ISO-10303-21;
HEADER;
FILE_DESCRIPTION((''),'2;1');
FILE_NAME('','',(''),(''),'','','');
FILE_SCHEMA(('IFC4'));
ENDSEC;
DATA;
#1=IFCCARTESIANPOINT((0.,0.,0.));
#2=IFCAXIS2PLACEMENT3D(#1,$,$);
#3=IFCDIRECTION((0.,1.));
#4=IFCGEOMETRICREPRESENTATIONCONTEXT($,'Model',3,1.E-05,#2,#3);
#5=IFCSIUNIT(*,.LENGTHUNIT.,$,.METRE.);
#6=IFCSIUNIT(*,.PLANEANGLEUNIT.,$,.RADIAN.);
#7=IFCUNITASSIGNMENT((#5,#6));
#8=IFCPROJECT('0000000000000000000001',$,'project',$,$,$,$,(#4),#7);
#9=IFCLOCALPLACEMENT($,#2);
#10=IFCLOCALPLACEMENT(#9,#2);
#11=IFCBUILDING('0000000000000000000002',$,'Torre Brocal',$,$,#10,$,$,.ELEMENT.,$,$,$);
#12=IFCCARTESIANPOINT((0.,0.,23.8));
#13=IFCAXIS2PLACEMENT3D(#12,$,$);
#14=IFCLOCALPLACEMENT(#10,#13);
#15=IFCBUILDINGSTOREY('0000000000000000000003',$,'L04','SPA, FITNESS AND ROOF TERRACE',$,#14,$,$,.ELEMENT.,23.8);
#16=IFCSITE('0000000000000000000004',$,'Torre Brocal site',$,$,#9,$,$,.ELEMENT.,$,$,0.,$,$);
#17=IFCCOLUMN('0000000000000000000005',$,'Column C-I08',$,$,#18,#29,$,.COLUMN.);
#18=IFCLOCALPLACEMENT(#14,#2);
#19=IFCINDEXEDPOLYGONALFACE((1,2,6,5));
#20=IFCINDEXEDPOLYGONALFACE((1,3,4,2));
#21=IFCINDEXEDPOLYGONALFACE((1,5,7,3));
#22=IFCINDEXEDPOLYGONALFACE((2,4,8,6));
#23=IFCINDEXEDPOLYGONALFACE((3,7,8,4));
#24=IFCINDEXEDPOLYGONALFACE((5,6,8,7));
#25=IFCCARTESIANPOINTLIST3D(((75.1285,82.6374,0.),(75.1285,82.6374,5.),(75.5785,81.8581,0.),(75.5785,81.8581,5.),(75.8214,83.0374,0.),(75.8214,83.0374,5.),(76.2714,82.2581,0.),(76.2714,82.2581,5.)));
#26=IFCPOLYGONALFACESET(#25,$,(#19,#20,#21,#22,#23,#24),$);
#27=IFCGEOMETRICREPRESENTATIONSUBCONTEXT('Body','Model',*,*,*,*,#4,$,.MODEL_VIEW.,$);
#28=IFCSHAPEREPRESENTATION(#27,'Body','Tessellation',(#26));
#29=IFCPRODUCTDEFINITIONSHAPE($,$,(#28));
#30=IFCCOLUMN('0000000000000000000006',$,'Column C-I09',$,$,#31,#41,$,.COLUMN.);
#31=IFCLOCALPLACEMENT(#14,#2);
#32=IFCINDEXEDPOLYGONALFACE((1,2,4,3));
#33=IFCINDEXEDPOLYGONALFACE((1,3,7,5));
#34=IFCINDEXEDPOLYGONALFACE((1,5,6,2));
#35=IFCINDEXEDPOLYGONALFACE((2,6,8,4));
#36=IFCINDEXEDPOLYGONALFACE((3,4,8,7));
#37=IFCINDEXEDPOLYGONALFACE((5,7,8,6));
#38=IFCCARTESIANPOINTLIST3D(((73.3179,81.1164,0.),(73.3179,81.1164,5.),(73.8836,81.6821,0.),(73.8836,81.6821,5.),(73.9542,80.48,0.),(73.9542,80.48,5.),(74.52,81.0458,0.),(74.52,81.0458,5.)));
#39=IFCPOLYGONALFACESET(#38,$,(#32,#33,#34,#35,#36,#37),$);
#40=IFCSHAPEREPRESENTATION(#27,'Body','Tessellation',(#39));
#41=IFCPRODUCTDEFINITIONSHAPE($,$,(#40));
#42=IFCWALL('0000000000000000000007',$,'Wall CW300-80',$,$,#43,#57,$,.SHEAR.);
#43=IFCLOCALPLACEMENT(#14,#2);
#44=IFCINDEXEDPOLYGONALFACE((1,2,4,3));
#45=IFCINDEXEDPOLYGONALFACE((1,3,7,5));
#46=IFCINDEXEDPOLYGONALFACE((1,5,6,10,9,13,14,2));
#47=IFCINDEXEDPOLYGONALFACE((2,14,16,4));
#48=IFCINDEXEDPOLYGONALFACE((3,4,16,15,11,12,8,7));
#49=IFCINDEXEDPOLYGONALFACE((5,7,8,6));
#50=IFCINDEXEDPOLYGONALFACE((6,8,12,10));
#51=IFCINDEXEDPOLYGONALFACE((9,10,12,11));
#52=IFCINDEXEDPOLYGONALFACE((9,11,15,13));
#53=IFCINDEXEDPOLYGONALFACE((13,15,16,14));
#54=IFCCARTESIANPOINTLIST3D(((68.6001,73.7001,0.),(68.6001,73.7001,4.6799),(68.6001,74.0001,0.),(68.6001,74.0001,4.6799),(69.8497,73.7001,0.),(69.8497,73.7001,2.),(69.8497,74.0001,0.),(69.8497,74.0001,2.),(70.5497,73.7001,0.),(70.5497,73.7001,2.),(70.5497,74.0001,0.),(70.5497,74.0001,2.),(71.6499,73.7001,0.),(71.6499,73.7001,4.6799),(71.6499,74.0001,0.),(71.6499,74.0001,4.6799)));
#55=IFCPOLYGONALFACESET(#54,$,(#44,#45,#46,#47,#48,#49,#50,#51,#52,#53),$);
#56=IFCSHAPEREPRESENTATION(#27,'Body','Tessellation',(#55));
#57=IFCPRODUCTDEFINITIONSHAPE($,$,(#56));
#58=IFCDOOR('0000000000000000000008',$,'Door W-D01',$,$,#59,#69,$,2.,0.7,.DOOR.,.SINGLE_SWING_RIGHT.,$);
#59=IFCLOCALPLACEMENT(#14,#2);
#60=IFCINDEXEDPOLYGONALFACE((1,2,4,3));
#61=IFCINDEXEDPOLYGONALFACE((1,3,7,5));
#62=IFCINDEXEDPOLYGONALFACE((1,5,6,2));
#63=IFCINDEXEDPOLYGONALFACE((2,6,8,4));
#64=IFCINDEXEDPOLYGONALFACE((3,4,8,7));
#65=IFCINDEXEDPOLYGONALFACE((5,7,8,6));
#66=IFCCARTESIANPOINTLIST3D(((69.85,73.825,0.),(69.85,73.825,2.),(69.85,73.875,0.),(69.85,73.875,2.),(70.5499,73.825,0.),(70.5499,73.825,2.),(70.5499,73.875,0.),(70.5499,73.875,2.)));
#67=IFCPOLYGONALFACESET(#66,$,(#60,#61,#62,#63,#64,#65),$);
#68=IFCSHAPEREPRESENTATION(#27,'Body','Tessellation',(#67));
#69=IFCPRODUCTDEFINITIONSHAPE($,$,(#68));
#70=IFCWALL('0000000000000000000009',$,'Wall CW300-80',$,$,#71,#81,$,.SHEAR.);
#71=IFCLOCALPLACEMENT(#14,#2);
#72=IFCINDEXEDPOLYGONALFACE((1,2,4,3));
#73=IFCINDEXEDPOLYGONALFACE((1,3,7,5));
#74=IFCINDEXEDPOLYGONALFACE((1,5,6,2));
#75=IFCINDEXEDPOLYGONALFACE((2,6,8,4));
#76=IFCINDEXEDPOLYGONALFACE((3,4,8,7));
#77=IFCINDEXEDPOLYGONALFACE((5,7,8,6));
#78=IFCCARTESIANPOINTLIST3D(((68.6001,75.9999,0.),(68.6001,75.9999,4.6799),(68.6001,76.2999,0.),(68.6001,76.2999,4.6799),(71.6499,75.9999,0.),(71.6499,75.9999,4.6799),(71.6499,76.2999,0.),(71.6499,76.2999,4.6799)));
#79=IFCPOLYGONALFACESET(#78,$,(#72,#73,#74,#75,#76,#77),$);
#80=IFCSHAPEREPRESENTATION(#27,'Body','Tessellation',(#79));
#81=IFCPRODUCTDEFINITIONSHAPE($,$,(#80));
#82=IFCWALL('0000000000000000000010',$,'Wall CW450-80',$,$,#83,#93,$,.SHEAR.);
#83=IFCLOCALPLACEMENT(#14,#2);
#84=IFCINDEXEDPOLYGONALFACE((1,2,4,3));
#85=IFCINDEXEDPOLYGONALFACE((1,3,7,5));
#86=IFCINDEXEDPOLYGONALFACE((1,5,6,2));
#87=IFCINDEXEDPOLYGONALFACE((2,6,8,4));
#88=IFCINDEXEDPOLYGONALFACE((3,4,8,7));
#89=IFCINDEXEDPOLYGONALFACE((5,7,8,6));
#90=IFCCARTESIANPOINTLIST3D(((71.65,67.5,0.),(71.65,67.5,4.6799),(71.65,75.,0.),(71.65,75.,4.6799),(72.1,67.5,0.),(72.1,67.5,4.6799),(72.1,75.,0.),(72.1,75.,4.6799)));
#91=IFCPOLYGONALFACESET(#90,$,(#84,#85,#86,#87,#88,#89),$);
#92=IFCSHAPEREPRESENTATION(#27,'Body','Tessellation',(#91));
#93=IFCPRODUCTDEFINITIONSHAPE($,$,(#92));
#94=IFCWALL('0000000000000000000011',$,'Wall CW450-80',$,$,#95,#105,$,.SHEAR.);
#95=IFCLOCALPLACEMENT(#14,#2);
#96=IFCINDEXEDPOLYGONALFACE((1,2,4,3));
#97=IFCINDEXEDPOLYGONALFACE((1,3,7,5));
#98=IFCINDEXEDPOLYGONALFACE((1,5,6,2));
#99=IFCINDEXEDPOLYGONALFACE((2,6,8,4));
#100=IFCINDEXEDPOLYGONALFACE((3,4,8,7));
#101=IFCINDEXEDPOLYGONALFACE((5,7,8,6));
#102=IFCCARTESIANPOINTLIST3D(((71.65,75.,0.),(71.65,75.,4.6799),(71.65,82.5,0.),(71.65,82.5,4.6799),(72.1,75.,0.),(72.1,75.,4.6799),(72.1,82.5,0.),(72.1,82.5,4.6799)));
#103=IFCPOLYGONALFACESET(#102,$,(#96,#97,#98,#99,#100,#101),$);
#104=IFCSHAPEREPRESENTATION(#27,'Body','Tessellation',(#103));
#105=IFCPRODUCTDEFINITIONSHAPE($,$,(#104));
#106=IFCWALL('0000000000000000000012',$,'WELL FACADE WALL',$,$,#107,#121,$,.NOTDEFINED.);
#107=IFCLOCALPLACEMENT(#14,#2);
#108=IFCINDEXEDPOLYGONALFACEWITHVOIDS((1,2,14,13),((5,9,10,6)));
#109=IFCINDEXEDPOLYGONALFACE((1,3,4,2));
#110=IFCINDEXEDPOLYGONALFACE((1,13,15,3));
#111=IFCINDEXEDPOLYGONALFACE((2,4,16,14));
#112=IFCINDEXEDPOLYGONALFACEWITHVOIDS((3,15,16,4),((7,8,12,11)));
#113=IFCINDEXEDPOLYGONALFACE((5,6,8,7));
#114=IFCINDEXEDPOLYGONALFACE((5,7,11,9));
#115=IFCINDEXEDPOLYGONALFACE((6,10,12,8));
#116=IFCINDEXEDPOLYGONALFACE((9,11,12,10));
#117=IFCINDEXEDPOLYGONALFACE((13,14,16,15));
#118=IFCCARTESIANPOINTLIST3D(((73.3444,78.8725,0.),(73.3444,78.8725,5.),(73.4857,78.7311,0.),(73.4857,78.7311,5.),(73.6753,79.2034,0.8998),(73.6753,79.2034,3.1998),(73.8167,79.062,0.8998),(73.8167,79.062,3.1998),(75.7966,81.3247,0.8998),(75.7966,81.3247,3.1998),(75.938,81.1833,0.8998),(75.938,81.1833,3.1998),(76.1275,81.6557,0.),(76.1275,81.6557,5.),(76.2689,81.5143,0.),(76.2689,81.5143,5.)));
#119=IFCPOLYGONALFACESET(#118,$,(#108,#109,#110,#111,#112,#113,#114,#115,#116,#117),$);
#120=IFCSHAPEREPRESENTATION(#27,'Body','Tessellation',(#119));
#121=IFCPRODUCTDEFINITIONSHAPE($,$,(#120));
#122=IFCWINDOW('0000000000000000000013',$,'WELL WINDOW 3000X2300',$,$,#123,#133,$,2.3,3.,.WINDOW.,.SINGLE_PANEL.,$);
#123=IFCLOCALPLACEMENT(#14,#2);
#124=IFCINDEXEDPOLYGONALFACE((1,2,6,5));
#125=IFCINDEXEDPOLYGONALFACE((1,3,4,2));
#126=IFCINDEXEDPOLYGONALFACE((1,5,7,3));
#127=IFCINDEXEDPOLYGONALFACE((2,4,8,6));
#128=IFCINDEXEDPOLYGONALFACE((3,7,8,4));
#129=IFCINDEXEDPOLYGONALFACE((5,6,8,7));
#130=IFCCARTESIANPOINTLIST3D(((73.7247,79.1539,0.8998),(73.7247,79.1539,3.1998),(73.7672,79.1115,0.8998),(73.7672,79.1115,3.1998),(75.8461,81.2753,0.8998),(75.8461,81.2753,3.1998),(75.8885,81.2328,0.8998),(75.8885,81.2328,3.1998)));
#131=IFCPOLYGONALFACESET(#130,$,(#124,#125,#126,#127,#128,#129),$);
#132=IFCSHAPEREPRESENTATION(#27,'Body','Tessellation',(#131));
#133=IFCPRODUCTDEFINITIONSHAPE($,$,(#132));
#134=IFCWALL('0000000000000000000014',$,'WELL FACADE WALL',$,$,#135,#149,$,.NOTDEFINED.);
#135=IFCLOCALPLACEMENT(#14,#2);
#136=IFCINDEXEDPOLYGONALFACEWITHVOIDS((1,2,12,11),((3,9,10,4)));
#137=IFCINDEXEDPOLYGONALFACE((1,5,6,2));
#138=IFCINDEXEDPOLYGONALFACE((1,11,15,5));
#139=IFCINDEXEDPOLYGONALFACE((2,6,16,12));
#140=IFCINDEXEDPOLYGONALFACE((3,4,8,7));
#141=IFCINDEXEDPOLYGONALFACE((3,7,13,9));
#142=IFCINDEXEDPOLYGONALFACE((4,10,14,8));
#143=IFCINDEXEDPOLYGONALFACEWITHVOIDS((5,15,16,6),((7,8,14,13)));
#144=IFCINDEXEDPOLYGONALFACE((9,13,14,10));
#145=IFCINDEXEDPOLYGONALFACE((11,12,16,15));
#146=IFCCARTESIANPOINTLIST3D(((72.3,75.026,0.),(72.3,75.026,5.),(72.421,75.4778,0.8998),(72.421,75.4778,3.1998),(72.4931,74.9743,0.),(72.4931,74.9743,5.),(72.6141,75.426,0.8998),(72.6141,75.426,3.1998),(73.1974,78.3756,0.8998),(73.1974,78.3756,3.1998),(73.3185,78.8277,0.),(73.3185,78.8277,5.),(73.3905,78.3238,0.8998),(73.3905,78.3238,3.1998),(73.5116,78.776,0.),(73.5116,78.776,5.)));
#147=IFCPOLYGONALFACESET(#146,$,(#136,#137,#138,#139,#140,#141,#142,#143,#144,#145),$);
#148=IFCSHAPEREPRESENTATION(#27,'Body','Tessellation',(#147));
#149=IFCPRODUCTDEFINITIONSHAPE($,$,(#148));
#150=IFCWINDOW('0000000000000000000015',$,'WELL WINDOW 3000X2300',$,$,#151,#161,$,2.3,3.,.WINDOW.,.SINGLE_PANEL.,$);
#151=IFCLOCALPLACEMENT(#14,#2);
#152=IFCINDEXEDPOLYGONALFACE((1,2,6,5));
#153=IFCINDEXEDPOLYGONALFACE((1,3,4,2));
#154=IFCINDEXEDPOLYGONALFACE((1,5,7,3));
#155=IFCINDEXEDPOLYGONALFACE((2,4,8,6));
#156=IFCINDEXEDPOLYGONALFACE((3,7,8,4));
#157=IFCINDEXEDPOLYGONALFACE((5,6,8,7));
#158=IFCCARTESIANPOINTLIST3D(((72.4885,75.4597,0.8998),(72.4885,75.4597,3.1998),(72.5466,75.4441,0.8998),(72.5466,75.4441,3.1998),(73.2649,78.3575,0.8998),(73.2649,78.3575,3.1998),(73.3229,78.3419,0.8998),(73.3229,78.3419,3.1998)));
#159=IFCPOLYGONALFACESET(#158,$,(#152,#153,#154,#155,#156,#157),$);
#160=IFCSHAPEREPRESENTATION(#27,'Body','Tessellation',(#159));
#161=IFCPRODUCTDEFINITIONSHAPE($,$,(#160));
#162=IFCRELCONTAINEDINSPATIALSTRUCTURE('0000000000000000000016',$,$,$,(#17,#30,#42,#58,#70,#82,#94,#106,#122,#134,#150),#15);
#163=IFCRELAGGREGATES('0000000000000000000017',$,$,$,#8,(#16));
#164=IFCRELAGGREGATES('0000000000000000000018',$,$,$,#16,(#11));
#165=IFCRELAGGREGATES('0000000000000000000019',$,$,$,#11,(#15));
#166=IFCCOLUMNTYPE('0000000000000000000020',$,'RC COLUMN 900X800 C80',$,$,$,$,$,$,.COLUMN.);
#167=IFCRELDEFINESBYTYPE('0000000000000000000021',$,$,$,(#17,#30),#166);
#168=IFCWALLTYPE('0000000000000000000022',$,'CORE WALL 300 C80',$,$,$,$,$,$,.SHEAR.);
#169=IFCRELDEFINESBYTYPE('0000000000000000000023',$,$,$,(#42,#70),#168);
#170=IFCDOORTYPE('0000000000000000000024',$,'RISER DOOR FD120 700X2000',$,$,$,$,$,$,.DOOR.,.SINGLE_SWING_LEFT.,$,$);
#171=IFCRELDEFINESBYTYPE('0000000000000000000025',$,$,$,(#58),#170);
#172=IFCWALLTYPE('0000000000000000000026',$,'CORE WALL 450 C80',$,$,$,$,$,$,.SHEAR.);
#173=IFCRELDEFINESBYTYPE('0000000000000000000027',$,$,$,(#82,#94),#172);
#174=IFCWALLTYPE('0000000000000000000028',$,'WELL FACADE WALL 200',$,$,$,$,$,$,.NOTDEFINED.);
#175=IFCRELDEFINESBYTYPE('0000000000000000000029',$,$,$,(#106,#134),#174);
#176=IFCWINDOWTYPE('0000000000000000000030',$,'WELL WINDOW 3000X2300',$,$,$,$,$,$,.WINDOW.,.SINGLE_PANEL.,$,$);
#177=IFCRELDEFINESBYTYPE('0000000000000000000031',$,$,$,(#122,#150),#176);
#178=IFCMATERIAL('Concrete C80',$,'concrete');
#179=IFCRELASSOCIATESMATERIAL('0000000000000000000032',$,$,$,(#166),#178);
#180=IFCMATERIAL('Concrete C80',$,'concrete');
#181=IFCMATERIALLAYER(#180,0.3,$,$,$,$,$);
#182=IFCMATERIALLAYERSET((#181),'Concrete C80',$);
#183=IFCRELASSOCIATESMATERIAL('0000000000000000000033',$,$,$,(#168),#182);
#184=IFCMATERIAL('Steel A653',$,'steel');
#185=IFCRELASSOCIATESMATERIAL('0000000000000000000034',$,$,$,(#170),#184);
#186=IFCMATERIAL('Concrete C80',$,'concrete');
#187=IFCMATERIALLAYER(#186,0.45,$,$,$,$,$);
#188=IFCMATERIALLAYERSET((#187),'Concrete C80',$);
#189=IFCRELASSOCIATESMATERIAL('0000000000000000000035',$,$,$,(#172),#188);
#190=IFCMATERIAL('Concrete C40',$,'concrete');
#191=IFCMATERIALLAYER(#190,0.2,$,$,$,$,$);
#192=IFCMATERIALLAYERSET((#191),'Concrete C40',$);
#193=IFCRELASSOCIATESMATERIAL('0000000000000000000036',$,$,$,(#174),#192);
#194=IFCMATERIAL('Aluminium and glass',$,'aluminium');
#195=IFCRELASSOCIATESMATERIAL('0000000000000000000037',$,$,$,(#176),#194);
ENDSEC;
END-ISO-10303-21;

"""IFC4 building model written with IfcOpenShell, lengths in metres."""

from ifc_helpers import new_model, si_unit, direction, frame, frame_2d, origin, origin_2d, place, context, subcontext, project, spatial, rectangle, extrude, material, layer, layer_set, material_profile, profile_set, type_object, element, fill, save


model = new_model("IFC4")

# Units and contexts
model_context = context("Model", 3, precision=1e-05, world=origin(), true_north=direction((0.0, 1.0)))
body_context = subcontext(model_context, "Body", "Model", "MODEL_VIEW")
ifc_project = project(units=[si_unit("LENGTHUNIT", "METRE"), si_unit("PLANEANGLEUNIT", "RADIAN")], contexts=[model_context])

# Site, building, storey
site_placement = place(None, origin())
site = spatial("IfcSite", under=ifc_project, at=site_placement, Name="Torre Brocal site", CompositionType="ELEMENT", RefElevation=0.0)
building_placement = place(site_placement, origin())
building = spatial("IfcBuilding", under=site, at=building_placement, Name="Torre Brocal", CompositionType="ELEMENT")
storey_placement = place(building_placement, frame((0.0, 0.0, 23.8)))
storey = spatial("IfcBuildingStorey", under=building, at=storey_placement, Name="L04", Description="SPA, FITNESS AND ROOF TERRACE", CompositionType="ELEMENT", Elevation=23.8)

# Columns
ifc_material_1 = material(Name="Concrete C80", Category="concrete")
ifc_material_profile = material_profile(ifc_material_1, rectangle(XDim=0.8999, YDim=0.8, at=origin_2d()), Name="RC 900X800")
ifc_profile_set = profile_set([ifc_material_profile], Name="Concrete C80")
column_type = type_object("IfcColumnType", Name="RC COLUMN 900X800 C80", PredefinedType="COLUMN", material=ifc_profile_set)
for number, where, z_axis, x_axis, name in (
    (1, (75.7, 82.4478, 0.0), (0.0, 0.0, 1.0), (-0.5, 0.866025, 0.0), "Column C-I08"),
    (2, (73.9189, 81.0811, 0.0), (0.0, 0.0, 1.0), (-0.707107, 0.707107, 0.0), "Column C-I09"),
):
    element("IfcColumn", number, at=place(storey_placement, frame(where, z_axis=z_axis, x_axis=x_axis)), inside=storey, type_object=column_type, Name=name, PredefinedType="COLUMN", context=body_context, shape_type="SweptSolid", body=[
        extrude(rectangle(XDim=0.8999, YDim=0.8, at=origin_2d()), origin(), (0.0, 0.0, 1.0), 5.0),
    ])

# Wall, opening, door
ifc_material_2 = material(Name="Concrete C80", Category="concrete")
ifc_layer_1 = layer(ifc_material_2, 0.3)
ifc_layer_set_1 = layer_set([ifc_layer_1], Name="Concrete C80")
wall_type_1 = type_object("IfcWallType", Name="CORE WALL 300 C80", PredefinedType="SHEAR", material=ifc_layer_set_1)
wall_1_placement = place(storey_placement, frame((71.6499, 73.8501, 0.0), z_axis=(0.0, 0.0, 1.0), x_axis=(-1.0, 0.0, 0.0)))
wall_1 = element("IfcWall", 3, at=wall_1_placement, inside=storey, type_object=wall_type_1, Name="Wall CW300-80", PredefinedType="SHEAR", context=body_context, shape_type="SweptSolid", body=[
    extrude(rectangle(XDim=3.0498, YDim=0.3, at=frame_2d((1.5249, 0.0))), origin(), (0.0, 0.0, 1.0), 4.6799),
])
opening_1_placement = place(wall_1_placement, frame((1.1001, 0.0, 0.0)))
opening_1 = element("IfcOpeningElement", 4, at=opening_1_placement, cuts=wall_1, PredefinedType="OPENING", context=body_context, shape_type="SweptSolid", body=[
    extrude(rectangle(XDim=0.7, YDim=2.0, at=frame_2d((0.3501, 1.0))), frame((0.0, 0.1599, 0.0), z_axis=(0.0, -1.0, 0.0), x_axis=(1.0, 0.0, 0.0)), (0.0, 0.0, 1.0), 0.3201),
])
ifc_material_3 = material(Name="Steel A653", Category="steel")
door_type_1 = type_object("IfcDoorType", Name="RISER DOOR FD120 700X2000", OperationType="SINGLE_SWING_LEFT", PredefinedType="DOOR", material=ifc_material_3)
door_1_placement = place(opening_1_placement, frame((0.7, 0.0, 0.0), z_axis=(0.0, 0.0, 1.0), x_axis=(-1.0, 0.0, 0.0)))
door_1 = element("IfcDoor", 5, at=door_1_placement, inside=storey, type_object=door_type_1, Name="Door W-D01", OperationType="SINGLE_SWING_RIGHT", OverallHeight=2.0, OverallWidth=0.7, PredefinedType="DOOR", context=body_context, shape_type="SweptSolid", body=[
    extrude(rectangle(XDim=0.7, YDim=2.0, at=frame_2d((0.3501, 1.0))), frame((0.0, 0.0249, 0.0), z_axis=(0.0, -1.0, 0.0), x_axis=(1.0, 0.0, 0.0)), (0.0, 0.0, 1.0), 0.05),
])
fill(opening_1, door_1)

# Walls
wall_2_placement = place(storey_placement, frame((71.6499, 76.1499, 0.0), z_axis=(0.0, 0.0, 1.0), x_axis=(-1.0, 0.0, 0.0)))
element("IfcWall", 6, at=wall_2_placement, inside=storey, type_object=wall_type_1, Name="Wall CW300-80", PredefinedType="SHEAR", context=body_context, shape_type="SweptSolid", body=[
    extrude(rectangle(XDim=3.0498, YDim=0.3, at=frame_2d((1.5249, 0.0))), origin(), (0.0, 0.0, 1.0), 4.6799),
])
ifc_material_4 = material(Name="Concrete C80", Category="concrete")
ifc_layer_2 = layer(ifc_material_4, 0.45)
ifc_layer_set_2 = layer_set([ifc_layer_2], Name="Concrete C80")
wall_type_2 = type_object("IfcWallType", Name="CORE WALL 450 C80", PredefinedType="SHEAR", material=ifc_layer_set_2)
for number, where, z_axis, x_axis, name in (
    (7, (71.875, 75.0, 0.0), (0.0, 0.0, 1.0), (0.0, -1.0, 0.0), "Wall CW450-80"),
    (8, (71.875, 82.5, 0.0), (0.0, 0.0, 1.0), (0.0, -1.0, 0.0), "Wall CW450-80"),
):
    element("IfcWall", number, at=place(storey_placement, frame(where, z_axis=z_axis, x_axis=x_axis)), inside=storey, type_object=wall_type_2, Name=name, PredefinedType="SHEAR", context=body_context, shape_type="SweptSolid", body=[
        extrude(rectangle(XDim=7.5, YDim=0.45, at=frame_2d((3.75, 0.0))), origin(), (0.0, 0.0, 1.0), 4.6799),
    ])

# Walls, openings, windows
ifc_material_5 = material(Name="Concrete C40", Category="concrete")
ifc_layer_3 = layer(ifc_material_5, 0.2)
ifc_layer_set_3 = layer_set([ifc_layer_3], Name="Concrete C40")
wall_type_3 = type_object("IfcWallType", Name="WELL FACADE WALL 200", PredefinedType="NOTDEFINED", material=ifc_layer_set_3)
wall_3_placement = place(storey_placement, frame((76.1982, 81.585, 0.0), z_axis=(0.0, 0.0, 1.0), x_axis=(-0.707107, -0.707107, 0.0)))
wall_3 = element("IfcWall", 9, at=wall_3_placement, inside=storey, type_object=wall_type_3, Name="WELL FACADE WALL", PredefinedType="NOTDEFINED", context=body_context, shape_type="SweptSolid", body=[
    extrude(rectangle(XDim=3.936, YDim=0.2, at=frame_2d((1.968, 0.0))), origin(), (0.0, 0.0, 1.0), 5.0),
])
opening_2_placement = place(wall_3_placement, frame((0.468, 0.0, 0.8999)))
opening_2 = element("IfcOpeningElement", 10, at=opening_2_placement, cuts=wall_3, PredefinedType="OPENING", context=body_context, shape_type="SweptSolid", body=[
    extrude(rectangle(XDim=3.0, YDim=2.3, at=frame_2d((1.5, 1.1499))), frame((0.0, 0.1099, 0.0), z_axis=(0.0, -1.0, 0.0), x_axis=(1.0, 0.0, 0.0)), (0.0, 0.0, 1.0), 0.22),
])
ifc_material_6 = material(Name="Aluminium and glass", Category="aluminium")
window_type = type_object("IfcWindowType", Name="WELL WINDOW 3000X2300", PartitioningType="SINGLE_PANEL", PredefinedType="WINDOW", material=ifc_material_6)
window_1_placement = place(opening_2_placement, origin())
window_1 = element("IfcWindow", 11, at=window_1_placement, inside=storey, type_object=window_type, Name="WELL WINDOW 3000X2300", OverallHeight=2.3, OverallWidth=3.0, PartitioningType="SINGLE_PANEL", PredefinedType="WINDOW", context=body_context, shape_type="SweptSolid", body=[
    extrude(rectangle(XDim=3.0, YDim=2.3, at=frame_2d((1.5, 1.1499))), frame((0.0, 0.03, 0.0), z_axis=(0.0, -1.0, 0.0), x_axis=(1.0, 0.0, 0.0)), (0.0, 0.0, 1.0), 0.0601),
])
fill(opening_2, window_1)
wall_4_placement = place(storey_placement, frame((73.415, 78.8018, 0.0), z_axis=(0.0, 0.0, 1.0), x_axis=(-0.25879, -0.965934, 0.0)))
wall_4 = element("IfcWall", 12, at=wall_4_placement, inside=storey, type_object=wall_type_3, Name="WELL FACADE WALL", PredefinedType="NOTDEFINED", context=body_context, shape_type="SweptSolid", body=[
    extrude(rectangle(XDim=3.9358, YDim=0.2, at=frame_2d((1.9678, 0.0))), origin(), (0.0, 0.0, 1.0), 5.0),
])
opening_3_placement = place(wall_4_placement, frame((0.468, 0.0, 0.8999)))
opening_3 = element("IfcOpeningElement", 13, at=opening_3_placement, cuts=wall_4, PredefinedType="OPENING", context=body_context, shape_type="SweptSolid", body=[
    extrude(rectangle(XDim=3.0, YDim=2.3, at=frame_2d((1.5, 1.1499))), frame((0.0, 0.1099, 0.0), z_axis=(0.0, -1.0, 0.0), x_axis=(1.0, 0.0, 0.0)), (0.0, 0.0, 1.0), 0.22),
])
window_2_placement = place(opening_3_placement, origin())
window_2 = element("IfcWindow", 14, at=window_2_placement, inside=storey, type_object=window_type, Name="WELL WINDOW 3000X2300", OverallHeight=2.3, OverallWidth=3.0, PartitioningType="SINGLE_PANEL", PredefinedType="WINDOW", context=body_context, shape_type="SweptSolid", body=[
    extrude(rectangle(XDim=3.0, YDim=2.3, at=frame_2d((1.5, 1.1499))), frame((0.0, 0.03, 0.0), z_axis=(0.0, -1.0, 0.0), x_axis=(1.0, 0.0, 0.0)), (0.0, 0.0, 1.0), 0.0601),
])
fill(opening_3, window_2)

save(model, "model.ifc")
